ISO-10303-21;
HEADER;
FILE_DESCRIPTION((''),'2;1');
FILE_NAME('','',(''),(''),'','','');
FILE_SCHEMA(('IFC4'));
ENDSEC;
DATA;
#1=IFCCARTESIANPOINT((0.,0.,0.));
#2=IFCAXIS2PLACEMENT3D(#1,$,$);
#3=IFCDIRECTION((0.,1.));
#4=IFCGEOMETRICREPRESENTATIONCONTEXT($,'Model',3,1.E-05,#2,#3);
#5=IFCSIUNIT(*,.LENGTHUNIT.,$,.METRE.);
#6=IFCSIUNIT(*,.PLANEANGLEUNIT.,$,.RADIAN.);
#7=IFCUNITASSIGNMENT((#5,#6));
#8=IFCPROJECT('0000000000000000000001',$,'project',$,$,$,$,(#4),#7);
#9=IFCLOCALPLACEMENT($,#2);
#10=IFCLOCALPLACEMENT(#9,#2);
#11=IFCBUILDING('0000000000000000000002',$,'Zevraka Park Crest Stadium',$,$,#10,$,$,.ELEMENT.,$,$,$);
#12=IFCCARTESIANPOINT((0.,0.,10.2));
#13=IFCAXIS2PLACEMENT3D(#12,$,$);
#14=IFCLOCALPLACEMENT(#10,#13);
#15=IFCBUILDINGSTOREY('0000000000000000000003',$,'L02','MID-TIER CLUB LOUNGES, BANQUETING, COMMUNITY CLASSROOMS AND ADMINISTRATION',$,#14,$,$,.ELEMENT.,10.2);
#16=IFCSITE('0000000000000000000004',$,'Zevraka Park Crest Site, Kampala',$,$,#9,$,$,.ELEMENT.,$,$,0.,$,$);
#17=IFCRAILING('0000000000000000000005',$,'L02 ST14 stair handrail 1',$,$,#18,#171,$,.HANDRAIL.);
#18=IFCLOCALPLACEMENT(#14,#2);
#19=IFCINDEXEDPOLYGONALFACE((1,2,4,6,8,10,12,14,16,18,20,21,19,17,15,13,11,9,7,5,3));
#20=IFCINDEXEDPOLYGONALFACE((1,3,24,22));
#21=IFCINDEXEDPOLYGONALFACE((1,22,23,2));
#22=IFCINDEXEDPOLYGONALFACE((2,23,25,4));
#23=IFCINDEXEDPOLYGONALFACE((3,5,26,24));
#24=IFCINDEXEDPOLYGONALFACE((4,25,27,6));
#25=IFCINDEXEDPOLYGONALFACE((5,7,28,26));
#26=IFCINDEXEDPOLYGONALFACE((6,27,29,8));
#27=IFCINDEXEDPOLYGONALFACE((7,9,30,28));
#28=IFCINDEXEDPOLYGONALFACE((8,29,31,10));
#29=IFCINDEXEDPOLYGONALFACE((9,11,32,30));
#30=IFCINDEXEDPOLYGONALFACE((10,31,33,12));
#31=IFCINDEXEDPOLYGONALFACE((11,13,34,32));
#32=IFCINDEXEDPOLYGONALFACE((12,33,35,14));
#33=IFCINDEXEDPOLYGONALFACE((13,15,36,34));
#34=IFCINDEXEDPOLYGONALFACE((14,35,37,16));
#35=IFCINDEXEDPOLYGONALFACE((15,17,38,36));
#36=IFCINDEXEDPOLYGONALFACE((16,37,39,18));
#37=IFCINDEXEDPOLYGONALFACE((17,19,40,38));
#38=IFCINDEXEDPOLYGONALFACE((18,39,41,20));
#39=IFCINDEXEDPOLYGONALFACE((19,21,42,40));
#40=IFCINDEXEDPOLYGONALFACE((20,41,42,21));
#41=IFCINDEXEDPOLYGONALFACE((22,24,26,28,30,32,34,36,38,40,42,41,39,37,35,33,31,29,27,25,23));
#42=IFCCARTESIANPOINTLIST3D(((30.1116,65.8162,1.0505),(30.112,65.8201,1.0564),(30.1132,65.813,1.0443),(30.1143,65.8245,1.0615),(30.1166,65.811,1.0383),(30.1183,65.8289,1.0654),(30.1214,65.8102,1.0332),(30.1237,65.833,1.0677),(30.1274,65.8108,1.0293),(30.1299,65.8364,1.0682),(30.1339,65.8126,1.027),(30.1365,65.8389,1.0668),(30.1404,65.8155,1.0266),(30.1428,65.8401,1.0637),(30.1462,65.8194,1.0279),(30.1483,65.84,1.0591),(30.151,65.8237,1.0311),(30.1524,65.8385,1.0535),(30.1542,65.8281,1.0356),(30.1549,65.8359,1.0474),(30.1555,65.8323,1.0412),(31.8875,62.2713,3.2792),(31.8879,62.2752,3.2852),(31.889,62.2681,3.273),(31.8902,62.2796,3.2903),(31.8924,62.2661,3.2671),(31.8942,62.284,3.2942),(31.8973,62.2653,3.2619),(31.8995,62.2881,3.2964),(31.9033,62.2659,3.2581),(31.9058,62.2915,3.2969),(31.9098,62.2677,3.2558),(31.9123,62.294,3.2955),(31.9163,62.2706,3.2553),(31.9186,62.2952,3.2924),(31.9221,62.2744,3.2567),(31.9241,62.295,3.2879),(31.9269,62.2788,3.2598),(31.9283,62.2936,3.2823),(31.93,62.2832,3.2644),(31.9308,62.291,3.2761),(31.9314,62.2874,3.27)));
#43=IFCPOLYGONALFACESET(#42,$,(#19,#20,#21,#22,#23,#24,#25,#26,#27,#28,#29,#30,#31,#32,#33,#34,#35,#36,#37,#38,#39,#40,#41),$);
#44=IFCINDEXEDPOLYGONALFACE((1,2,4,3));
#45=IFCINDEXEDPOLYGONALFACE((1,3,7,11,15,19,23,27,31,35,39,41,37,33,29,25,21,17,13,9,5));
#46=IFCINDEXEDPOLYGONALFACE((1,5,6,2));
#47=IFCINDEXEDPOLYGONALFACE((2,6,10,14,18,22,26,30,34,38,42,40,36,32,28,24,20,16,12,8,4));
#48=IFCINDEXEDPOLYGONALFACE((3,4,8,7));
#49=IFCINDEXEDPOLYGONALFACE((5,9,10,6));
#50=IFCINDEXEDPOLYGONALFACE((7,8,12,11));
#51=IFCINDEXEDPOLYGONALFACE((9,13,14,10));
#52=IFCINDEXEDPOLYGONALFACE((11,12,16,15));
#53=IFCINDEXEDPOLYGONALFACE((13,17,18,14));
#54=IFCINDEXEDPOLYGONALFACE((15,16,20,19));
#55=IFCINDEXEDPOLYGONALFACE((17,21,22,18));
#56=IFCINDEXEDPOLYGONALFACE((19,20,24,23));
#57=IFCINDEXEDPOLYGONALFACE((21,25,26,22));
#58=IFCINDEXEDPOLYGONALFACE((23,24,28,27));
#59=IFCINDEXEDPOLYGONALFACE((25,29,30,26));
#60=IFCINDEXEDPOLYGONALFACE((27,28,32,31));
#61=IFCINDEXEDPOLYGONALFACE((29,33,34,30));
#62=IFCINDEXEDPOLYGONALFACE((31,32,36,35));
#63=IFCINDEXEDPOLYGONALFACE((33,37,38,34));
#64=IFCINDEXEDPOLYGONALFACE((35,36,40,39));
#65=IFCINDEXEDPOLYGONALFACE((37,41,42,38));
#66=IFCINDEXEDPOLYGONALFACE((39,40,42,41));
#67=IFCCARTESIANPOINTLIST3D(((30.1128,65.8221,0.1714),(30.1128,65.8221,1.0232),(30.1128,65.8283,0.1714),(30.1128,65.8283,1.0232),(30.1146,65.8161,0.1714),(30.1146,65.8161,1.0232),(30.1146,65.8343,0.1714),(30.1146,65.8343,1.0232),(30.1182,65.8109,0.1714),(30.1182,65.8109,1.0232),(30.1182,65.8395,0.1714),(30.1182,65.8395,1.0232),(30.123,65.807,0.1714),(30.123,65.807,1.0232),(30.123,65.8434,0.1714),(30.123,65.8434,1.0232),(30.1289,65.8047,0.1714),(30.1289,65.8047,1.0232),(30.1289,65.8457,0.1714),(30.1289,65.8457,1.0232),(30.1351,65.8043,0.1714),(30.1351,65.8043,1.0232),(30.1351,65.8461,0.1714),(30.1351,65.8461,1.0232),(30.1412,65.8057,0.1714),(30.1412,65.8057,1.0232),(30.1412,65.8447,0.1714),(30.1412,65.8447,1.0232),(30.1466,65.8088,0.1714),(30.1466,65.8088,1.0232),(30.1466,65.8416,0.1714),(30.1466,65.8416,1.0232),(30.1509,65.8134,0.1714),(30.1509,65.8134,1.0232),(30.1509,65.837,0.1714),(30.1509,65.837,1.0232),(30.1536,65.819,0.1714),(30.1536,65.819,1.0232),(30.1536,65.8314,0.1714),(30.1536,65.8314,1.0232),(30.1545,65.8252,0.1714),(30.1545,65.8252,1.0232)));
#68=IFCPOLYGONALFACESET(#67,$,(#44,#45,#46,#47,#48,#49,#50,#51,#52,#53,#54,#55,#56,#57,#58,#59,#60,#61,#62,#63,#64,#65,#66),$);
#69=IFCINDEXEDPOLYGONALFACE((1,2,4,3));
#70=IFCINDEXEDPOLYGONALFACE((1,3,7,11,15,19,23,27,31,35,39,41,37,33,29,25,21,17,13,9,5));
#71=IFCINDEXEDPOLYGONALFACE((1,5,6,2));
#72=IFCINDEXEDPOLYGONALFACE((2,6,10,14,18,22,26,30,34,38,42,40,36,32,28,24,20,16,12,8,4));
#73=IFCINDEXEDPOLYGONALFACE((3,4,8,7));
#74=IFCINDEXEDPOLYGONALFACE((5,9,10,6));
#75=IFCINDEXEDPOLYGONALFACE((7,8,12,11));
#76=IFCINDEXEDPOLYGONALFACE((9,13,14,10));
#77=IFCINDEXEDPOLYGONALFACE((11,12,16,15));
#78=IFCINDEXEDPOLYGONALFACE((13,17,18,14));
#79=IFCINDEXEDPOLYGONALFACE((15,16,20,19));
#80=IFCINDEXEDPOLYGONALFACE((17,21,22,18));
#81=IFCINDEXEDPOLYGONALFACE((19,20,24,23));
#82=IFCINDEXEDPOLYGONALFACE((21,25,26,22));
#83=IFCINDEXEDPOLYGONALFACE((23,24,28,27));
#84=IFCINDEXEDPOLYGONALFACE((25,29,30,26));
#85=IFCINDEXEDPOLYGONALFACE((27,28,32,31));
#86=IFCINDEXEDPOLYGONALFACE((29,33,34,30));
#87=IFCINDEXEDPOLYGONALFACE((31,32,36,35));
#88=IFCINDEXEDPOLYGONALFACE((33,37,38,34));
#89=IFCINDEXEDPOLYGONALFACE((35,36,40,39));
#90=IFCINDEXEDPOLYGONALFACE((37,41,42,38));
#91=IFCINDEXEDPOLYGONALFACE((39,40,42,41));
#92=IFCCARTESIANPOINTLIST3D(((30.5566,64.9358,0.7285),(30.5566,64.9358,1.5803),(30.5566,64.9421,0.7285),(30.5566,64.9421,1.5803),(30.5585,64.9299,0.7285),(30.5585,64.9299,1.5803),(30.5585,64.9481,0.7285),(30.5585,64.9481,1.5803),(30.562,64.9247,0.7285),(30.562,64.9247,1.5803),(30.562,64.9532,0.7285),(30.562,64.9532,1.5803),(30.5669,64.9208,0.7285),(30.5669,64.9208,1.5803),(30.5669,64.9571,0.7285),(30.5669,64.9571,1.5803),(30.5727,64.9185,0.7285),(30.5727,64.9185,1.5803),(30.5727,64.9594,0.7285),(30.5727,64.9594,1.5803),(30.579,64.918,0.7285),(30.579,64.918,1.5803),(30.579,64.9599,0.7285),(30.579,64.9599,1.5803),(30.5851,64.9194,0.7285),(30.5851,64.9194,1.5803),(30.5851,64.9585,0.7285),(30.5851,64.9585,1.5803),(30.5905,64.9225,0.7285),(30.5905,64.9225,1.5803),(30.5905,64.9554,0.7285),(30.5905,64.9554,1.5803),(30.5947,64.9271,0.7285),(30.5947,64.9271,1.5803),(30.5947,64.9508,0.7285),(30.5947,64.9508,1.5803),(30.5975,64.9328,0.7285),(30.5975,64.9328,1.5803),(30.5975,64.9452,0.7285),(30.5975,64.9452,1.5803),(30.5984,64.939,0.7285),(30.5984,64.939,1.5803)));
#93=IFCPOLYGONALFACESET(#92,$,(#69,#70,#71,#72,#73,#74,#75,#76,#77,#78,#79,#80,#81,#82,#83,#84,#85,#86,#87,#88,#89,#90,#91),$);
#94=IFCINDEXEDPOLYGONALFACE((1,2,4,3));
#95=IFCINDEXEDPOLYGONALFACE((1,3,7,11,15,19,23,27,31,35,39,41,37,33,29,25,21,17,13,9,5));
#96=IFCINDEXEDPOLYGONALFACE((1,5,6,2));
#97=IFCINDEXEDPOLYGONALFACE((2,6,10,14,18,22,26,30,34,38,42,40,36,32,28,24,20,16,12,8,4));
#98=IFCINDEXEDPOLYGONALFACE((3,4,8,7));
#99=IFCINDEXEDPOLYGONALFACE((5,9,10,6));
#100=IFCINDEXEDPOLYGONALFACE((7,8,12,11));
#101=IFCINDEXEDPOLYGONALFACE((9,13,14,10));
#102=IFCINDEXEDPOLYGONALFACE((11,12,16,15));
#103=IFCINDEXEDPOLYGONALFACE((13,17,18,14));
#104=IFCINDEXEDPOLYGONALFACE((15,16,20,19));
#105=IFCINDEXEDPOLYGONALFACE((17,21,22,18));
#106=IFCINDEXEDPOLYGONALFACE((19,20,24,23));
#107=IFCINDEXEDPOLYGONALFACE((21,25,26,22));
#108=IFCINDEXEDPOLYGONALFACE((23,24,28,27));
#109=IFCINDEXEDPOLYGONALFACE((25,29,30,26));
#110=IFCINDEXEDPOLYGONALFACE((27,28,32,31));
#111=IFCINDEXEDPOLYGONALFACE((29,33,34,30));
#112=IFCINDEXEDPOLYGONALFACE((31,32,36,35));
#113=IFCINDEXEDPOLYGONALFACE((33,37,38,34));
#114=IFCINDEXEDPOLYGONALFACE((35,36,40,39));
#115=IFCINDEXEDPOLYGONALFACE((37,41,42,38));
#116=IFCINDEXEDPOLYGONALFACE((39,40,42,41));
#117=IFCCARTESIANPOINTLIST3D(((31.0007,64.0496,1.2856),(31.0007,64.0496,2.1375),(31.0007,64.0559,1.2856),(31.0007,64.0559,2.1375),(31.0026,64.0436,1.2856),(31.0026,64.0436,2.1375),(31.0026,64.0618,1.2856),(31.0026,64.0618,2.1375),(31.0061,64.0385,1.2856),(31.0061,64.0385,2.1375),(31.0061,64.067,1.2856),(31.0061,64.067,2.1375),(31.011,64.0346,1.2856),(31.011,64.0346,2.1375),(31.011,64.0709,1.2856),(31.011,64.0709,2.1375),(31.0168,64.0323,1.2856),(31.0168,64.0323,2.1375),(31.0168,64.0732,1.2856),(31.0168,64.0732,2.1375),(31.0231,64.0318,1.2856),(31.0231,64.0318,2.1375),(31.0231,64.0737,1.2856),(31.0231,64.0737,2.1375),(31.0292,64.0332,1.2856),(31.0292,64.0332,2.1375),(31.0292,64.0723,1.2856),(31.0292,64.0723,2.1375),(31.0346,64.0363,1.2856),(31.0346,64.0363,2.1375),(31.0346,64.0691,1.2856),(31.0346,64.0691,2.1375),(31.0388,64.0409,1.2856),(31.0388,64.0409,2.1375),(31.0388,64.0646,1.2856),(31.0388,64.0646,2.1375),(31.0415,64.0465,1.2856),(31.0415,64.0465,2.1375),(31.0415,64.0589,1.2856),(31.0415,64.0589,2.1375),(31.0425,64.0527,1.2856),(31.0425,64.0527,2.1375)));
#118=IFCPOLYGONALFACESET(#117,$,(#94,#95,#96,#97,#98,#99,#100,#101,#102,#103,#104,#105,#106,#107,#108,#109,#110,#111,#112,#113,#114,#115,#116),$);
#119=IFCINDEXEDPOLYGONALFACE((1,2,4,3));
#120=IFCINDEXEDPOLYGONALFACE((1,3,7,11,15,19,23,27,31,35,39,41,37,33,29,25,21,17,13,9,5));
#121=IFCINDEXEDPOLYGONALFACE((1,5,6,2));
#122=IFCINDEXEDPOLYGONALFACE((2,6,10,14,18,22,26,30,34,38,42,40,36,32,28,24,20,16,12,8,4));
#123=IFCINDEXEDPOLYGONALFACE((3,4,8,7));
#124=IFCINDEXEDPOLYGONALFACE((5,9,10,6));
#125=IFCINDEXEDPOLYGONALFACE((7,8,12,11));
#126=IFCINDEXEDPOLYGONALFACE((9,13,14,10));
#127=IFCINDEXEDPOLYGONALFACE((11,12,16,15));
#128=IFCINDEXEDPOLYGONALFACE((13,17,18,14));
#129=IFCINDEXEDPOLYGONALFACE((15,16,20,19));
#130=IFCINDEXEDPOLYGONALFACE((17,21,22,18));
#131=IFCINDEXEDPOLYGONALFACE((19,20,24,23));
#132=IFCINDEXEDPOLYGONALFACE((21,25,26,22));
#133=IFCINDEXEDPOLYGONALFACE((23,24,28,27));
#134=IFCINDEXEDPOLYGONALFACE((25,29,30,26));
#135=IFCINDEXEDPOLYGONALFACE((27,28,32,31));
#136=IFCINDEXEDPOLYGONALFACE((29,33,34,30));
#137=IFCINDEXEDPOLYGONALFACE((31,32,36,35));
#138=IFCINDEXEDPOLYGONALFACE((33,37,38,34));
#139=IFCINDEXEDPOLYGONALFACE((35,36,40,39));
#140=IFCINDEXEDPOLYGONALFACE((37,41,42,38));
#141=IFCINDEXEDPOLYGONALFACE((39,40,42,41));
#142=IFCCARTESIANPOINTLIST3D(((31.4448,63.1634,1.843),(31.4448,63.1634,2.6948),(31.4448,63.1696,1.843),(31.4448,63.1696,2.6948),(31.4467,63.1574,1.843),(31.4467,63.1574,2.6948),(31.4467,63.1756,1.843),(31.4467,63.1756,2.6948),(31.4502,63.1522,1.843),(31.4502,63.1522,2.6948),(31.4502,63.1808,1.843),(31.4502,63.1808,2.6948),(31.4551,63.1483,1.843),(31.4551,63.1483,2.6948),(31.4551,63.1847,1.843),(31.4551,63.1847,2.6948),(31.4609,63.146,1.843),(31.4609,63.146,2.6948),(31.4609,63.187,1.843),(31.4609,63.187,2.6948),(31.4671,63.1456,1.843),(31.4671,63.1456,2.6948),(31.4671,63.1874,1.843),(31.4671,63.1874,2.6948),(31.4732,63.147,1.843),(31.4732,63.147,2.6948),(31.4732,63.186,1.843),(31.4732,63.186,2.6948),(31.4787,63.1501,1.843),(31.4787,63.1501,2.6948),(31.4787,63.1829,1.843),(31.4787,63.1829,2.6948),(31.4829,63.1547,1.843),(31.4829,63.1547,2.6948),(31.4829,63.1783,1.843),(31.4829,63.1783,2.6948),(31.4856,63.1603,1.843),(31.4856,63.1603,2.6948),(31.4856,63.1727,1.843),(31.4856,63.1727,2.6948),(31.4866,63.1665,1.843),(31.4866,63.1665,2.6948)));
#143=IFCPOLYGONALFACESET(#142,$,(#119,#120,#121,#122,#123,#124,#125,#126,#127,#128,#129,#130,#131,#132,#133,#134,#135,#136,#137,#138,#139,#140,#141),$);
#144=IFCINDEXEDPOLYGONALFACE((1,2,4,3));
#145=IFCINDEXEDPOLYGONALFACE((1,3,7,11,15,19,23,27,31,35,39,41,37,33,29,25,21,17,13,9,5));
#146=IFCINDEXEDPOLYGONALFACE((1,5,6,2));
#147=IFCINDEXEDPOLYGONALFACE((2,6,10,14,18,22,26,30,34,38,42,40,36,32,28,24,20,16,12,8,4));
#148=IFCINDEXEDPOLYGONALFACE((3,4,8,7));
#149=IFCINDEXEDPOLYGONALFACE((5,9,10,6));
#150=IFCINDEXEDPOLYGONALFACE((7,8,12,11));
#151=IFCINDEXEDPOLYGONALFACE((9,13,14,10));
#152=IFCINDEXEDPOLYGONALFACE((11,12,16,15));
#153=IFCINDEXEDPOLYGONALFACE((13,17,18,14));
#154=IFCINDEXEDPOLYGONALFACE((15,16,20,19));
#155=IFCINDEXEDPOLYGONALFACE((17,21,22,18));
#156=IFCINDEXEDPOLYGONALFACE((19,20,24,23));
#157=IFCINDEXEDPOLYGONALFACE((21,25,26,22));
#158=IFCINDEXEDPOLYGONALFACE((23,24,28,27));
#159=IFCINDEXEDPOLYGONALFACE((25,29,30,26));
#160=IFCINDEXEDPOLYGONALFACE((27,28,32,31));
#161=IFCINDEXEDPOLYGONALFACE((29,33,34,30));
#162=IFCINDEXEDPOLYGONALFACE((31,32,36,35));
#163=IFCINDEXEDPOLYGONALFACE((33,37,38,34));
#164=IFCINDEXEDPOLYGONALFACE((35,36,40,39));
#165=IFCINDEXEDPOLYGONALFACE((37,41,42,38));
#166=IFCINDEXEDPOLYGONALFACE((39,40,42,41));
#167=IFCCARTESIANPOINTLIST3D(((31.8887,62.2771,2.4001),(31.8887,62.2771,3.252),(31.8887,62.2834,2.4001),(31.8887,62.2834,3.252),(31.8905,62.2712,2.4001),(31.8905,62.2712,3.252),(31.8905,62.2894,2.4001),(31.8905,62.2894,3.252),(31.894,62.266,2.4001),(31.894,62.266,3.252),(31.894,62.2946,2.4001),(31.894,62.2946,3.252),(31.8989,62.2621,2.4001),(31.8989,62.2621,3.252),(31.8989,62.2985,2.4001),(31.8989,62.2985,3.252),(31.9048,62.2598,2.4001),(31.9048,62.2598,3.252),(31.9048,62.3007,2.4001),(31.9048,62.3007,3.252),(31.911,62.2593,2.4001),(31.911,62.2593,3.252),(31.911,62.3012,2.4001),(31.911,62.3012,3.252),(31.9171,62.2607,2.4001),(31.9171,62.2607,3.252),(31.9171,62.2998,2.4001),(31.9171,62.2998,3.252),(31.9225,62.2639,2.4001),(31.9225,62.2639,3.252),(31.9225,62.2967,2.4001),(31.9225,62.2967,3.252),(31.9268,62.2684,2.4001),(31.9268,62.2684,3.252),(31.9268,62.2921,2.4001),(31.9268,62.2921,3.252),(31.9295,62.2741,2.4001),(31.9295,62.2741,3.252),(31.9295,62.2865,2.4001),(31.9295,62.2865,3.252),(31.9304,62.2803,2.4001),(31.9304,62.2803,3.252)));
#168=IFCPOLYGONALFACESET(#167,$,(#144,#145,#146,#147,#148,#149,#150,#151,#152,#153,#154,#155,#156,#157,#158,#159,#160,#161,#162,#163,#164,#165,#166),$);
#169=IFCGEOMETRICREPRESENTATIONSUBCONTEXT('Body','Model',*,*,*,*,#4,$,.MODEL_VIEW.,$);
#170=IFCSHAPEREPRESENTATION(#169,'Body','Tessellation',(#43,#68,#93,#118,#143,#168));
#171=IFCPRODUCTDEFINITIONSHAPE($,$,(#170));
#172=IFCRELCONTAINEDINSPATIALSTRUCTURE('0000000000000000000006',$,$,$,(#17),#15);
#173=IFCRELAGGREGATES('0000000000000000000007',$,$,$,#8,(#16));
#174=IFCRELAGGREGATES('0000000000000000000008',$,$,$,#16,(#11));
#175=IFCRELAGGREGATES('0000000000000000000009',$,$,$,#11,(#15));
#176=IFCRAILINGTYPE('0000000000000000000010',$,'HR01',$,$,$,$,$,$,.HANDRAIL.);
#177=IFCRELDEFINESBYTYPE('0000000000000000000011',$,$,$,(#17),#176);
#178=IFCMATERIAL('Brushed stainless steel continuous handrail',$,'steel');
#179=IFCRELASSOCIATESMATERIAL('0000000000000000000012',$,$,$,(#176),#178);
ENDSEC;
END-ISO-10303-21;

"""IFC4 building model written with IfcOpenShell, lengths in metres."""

from ifc_helpers import new_model, si_unit, direction, frame, origin, origin_2d, place, context, subcontext, project, spatial, circle, extrude, material, type_object, element, save


model = new_model("IFC4")

# Units and contexts
model_context = context("Model", 3, precision=1e-05, world=origin(), true_north=direction((0.0, 1.0)))
body_context = subcontext(model_context, "Body", "Model", "MODEL_VIEW")
ifc_project = project(units=[si_unit("LENGTHUNIT", "METRE"), si_unit("PLANEANGLEUNIT", "RADIAN")], contexts=[model_context])

# Site, building, storey
site_placement = place(None, origin())
site = spatial("IfcSite", under=ifc_project, at=site_placement, Name="Zevraka Park Crest Site, Kampala", CompositionType="ELEMENT", RefElevation=0.0)
building_placement = place(site_placement, origin())
building = spatial("IfcBuilding", under=site, at=building_placement, Name="Zevraka Park Crest Stadium", CompositionType="ELEMENT")
storey_placement = place(building_placement, frame((0.0, 0.0, 10.2)))
storey = spatial("IfcBuildingStorey", under=building, at=storey_placement, Name="L02", Description="MID-TIER CLUB LOUNGES, BANQUETING, COMMUNITY CLASSROOMS AND ADMINISTRATION", CompositionType="ELEMENT", Elevation=10.2)

# Railing
ifc_material_1 = material(Name="Brushed stainless steel continuous handrail", Category="steel")
railing_type_1 = type_object("IfcRailingType", Name="HR01", PredefinedType="HANDRAIL", material=ifc_material_1)
railing_1_placement = place(storey_placement, frame((30.1335, 65.8252, 0.1714)))
element("IfcRailing", 1, at=railing_1_placement, inside=storey, type_object=railing_type_1, Name="L02 ST14 stair handrail 1", PredefinedType="HANDRAIL", context=body_context, shape_type="SweptSolid", body=[
    extrude(circle(Radius=0.0239, at=origin_2d()), frame((0.0, 0.0, 0.876), z_axis=(0.390444, -0.779384, 0.490014), x_axis=(0.894082, 0.447903, 0.0)), (0.0, 0.0, 1.0), 4.5483),
    extrude(circle(Radius=0.021, at=origin_2d()), origin(), (0.0, 0.0, 1.0), 0.8518),
    extrude(circle(Radius=0.021, at=origin_2d()), frame((0.4438, -0.8862, 0.5571)), (0.0, 0.0, 1.0), 0.8518),
    extrude(circle(Radius=0.021, at=origin_2d()), frame((0.8879, -1.7725, 1.1143)), (0.0, 0.0, 1.0), 0.8518),
    extrude(circle(Radius=0.021, at=origin_2d()), frame((1.332, -2.6587, 1.6716)), (0.0, 0.0, 1.0), 0.8518),
    extrude(circle(Radius=0.021, at=origin_2d()), frame((1.7759, -3.5449, 2.2288)), (0.0, 0.0, 1.0), 0.8518),
])

save(model, "model.ifc")
